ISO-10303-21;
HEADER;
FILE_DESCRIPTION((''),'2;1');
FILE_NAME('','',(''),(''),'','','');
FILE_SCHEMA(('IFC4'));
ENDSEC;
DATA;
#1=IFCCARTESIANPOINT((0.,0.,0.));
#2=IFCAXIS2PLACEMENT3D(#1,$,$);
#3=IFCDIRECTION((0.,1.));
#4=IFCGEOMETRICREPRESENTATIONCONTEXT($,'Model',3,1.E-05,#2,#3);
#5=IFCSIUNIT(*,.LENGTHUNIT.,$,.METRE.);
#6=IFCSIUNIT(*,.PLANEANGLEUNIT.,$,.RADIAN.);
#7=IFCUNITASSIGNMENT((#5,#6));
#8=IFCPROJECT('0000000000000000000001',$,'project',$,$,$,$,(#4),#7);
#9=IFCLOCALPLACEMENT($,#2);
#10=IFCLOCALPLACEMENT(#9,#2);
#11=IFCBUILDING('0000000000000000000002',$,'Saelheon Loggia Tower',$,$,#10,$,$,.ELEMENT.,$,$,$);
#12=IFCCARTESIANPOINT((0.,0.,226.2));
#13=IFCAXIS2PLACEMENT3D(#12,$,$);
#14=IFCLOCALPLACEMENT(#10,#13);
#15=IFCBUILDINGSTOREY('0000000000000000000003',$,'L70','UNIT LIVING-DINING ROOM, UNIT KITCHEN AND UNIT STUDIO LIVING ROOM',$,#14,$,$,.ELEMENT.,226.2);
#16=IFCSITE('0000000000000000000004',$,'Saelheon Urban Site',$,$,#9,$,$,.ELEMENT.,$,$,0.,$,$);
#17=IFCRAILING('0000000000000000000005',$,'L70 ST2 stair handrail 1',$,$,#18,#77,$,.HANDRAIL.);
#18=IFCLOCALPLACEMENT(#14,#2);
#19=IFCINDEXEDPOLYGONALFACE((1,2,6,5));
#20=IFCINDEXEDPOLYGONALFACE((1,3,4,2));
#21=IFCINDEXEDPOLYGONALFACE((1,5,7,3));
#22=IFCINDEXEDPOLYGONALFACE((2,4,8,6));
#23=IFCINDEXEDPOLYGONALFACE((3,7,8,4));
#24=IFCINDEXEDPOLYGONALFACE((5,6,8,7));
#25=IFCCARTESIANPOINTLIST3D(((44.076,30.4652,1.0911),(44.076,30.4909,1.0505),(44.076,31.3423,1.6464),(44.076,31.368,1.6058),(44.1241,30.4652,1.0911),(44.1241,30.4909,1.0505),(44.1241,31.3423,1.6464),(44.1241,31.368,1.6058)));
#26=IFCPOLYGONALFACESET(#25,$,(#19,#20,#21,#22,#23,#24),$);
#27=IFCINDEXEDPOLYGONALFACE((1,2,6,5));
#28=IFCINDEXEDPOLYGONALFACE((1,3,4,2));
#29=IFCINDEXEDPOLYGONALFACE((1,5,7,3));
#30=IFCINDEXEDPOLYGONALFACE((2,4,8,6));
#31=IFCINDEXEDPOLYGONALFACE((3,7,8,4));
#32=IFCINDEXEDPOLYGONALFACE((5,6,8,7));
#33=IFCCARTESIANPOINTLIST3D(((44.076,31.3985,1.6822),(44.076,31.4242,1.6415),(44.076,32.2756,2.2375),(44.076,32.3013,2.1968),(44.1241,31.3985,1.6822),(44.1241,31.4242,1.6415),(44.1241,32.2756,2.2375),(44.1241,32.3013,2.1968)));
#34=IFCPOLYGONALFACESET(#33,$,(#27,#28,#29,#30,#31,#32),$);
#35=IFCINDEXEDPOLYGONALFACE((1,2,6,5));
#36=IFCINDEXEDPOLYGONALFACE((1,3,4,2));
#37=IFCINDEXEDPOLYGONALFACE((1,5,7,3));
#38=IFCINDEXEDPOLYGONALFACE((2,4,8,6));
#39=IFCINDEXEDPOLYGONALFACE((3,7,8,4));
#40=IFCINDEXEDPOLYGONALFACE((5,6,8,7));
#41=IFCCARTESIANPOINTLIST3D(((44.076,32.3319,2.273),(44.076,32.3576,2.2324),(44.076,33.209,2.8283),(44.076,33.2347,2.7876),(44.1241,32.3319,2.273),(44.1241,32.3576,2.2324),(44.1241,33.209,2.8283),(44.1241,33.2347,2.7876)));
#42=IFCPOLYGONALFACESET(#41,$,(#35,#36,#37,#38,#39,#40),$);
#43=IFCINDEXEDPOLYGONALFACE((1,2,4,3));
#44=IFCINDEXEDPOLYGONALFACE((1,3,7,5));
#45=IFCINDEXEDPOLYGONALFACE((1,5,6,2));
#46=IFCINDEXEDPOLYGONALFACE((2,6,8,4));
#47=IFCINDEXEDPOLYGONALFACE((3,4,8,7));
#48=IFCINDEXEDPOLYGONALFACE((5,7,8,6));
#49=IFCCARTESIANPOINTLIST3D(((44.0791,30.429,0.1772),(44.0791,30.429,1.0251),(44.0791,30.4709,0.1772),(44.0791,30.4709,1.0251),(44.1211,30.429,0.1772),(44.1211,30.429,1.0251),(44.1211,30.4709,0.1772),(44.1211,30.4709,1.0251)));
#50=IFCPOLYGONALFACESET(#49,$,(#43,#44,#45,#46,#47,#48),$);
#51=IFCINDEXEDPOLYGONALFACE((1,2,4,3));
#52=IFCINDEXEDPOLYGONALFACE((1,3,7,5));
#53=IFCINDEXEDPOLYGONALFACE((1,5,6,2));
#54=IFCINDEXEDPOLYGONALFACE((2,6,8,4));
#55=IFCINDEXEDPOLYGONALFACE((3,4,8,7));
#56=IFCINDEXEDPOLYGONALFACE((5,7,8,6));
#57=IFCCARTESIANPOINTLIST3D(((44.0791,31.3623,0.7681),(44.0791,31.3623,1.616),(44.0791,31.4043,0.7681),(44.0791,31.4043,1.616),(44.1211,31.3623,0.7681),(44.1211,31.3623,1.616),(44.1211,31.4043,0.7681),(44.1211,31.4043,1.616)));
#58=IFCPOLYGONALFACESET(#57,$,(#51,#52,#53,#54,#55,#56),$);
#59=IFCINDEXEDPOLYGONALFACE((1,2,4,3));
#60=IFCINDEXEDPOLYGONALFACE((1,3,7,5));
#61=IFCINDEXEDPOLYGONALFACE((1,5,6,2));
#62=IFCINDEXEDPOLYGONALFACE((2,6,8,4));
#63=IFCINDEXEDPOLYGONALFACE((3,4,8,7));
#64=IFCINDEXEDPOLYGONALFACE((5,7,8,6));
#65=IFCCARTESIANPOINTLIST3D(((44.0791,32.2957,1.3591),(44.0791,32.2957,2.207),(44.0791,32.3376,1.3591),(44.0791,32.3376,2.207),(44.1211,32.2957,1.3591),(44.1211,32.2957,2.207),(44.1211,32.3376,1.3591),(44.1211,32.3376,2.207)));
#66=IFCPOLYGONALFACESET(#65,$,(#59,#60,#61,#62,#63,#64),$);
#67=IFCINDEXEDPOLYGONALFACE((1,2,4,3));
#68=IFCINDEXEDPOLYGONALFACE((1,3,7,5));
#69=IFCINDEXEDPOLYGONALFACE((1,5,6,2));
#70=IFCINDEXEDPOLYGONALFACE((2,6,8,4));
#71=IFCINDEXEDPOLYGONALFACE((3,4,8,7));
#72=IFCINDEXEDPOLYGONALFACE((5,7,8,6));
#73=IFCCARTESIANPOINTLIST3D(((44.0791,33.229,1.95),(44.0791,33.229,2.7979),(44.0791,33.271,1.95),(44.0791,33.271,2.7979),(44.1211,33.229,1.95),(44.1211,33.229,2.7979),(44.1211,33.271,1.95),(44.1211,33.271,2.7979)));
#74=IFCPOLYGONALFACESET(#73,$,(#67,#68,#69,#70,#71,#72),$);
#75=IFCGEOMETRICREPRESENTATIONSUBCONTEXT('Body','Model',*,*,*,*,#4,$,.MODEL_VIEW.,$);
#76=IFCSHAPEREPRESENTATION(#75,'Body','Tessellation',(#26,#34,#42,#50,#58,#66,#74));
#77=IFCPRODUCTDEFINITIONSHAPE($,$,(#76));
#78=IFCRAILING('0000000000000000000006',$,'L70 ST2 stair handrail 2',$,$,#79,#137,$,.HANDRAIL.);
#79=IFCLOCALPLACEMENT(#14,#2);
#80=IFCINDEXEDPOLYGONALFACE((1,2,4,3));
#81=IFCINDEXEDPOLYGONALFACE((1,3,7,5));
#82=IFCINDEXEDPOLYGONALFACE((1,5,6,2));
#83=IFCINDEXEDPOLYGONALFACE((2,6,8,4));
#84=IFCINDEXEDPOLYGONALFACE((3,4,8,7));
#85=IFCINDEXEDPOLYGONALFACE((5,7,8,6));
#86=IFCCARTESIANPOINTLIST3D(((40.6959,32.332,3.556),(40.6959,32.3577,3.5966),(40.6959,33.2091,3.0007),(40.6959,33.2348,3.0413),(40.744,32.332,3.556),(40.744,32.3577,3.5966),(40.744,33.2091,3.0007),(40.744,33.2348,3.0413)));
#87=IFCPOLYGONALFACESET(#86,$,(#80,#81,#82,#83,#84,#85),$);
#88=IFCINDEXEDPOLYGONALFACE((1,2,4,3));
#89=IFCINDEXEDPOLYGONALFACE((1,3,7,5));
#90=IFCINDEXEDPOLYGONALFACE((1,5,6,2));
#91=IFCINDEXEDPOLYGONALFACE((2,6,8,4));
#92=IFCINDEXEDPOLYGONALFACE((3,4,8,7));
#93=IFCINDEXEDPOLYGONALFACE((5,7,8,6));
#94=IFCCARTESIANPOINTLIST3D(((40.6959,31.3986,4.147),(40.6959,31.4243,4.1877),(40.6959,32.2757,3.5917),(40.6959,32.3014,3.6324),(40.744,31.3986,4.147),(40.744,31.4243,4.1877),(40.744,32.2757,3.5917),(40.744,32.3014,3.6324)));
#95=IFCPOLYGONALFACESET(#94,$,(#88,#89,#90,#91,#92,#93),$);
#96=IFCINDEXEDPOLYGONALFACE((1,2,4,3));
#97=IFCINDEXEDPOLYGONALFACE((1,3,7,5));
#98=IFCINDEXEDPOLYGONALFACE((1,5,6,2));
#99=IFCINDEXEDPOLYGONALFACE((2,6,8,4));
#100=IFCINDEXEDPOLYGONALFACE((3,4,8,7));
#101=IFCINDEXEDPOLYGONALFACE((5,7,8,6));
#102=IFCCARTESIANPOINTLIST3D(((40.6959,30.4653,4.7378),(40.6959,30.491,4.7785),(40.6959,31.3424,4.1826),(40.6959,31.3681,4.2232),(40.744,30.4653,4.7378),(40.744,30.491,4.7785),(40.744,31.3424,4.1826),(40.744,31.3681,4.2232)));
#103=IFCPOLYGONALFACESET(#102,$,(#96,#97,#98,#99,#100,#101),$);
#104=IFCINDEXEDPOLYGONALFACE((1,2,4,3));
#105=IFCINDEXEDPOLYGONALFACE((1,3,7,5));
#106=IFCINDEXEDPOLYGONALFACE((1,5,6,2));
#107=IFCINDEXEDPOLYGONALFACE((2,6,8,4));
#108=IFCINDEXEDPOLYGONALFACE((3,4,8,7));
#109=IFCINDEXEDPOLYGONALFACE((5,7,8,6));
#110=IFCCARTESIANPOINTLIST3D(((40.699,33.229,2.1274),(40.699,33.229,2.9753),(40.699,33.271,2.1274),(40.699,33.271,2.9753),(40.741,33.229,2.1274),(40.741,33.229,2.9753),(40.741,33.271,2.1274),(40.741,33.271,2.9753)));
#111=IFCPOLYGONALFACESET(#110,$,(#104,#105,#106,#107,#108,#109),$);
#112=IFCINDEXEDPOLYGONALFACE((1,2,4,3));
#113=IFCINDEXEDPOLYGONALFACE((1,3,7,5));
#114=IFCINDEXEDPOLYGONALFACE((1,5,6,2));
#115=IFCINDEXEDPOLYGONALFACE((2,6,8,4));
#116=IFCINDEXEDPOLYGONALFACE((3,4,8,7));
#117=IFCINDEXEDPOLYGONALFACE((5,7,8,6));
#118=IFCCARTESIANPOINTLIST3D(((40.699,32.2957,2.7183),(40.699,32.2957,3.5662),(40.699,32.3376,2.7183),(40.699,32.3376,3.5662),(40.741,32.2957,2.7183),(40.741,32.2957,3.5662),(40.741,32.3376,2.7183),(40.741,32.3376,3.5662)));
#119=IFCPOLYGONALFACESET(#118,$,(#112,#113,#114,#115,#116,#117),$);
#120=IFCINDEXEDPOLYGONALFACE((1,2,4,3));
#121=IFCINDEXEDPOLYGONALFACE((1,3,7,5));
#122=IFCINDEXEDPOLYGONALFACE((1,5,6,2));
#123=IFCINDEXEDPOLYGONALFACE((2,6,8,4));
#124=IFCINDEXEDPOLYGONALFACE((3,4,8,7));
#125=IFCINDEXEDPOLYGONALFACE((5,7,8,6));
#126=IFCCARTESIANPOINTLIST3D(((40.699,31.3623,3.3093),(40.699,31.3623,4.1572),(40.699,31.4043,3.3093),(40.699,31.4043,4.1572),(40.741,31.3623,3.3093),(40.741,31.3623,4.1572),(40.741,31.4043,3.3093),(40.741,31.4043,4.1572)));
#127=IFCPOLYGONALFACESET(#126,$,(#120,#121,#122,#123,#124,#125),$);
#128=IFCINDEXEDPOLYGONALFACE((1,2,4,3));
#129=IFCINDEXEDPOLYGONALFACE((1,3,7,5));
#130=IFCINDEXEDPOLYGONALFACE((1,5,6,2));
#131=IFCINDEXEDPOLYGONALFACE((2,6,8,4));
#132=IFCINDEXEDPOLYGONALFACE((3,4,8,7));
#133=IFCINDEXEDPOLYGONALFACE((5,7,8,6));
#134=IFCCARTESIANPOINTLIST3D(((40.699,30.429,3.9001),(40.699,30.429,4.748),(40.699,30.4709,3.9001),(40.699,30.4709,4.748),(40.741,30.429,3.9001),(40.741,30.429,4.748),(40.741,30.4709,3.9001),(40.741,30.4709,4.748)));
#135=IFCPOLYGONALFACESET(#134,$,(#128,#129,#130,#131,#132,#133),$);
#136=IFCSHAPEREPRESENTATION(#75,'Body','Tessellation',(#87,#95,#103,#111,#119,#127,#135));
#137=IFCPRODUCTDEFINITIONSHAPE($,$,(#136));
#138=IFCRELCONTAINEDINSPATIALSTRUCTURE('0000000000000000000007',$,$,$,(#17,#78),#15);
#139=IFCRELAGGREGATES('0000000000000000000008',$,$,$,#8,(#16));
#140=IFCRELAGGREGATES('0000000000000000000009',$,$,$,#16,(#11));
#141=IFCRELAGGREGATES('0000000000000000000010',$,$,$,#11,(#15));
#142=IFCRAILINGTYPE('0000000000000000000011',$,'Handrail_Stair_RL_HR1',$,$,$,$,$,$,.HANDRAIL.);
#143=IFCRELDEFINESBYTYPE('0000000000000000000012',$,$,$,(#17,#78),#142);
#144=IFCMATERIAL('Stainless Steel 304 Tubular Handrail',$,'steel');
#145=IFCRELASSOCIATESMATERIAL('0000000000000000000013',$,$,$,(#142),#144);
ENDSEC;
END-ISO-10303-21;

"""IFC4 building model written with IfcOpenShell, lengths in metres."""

from ifc_helpers import new_model, si_unit, direction, frame, origin, origin_2d, place, context, subcontext, project, spatial, rectangle, extrude, material, type_object, element, save


model = new_model("IFC4")

# Units and contexts
model_context = context("Model", 3, precision=1e-05, world=origin(), true_north=direction((0.0, 1.0)))
body_context = subcontext(model_context, "Body", "Model", "MODEL_VIEW")
ifc_project = project(units=[si_unit("LENGTHUNIT", "METRE"), si_unit("PLANEANGLEUNIT", "RADIAN")], contexts=[model_context])

# Site, building, storey
site_placement = place(None, origin())
site = spatial("IfcSite", under=ifc_project, at=site_placement, Name="Saelheon Urban Site", CompositionType="ELEMENT", RefElevation=0.0)
building_placement = place(site_placement, origin())
building = spatial("IfcBuilding", under=site, at=building_placement, Name="Saelheon Loggia Tower", CompositionType="ELEMENT")
storey_placement = place(building_placement, frame((0.0, 0.0, 226.2)))
storey = spatial("IfcBuildingStorey", under=building, at=storey_placement, Name="L70", Description="UNIT LIVING-DINING ROOM, UNIT KITCHEN AND UNIT STUDIO LIVING ROOM", CompositionType="ELEMENT", Elevation=226.2)

# Railings
ifc_material_1 = material(Name="Stainless Steel 304 Tubular Handrail", Category="steel")
railing_type_1 = type_object("IfcRailingType", Name="Handrail_Stair_RL_HR1", PredefinedType="HANDRAIL", material=ifc_material_1)
railing_1_placement = place(storey_placement, frame((44.1001, 30.45, 0.1772)))
element("IfcRailing", 1, at=railing_1_placement, inside=storey, type_object=railing_type_1, Name="L70 ST2 stair handrail 1", PredefinedType="HANDRAIL", context=body_context, shape_type="SweptSolid", body=[
    extrude(rectangle(XDim=0.0481, YDim=0.0481, at=origin_2d()), frame((0.0, 0.0281, 0.8936), z_axis=(0.0, 0.844909, 0.53491), x_axis=(-1.0, 0.0, 0.0)), (0.0, 0.0, 1.0), 1.0381),
    extrude(rectangle(XDim=0.0481, YDim=0.0481, at=origin_2d()), frame((0.0, 0.9614, 1.4846), z_axis=(0.0, 0.844909, 0.53491), x_axis=(-1.0, 0.0, 0.0)), (0.0, 0.0, 1.0), 1.0381),
    extrude(rectangle(XDim=0.0481, YDim=0.0481, at=origin_2d()), frame((0.0, 1.8948, 2.0754), z_axis=(0.0, 0.844909, 0.53491), x_axis=(-1.0, 0.0, 0.0)), (0.0, 0.0, 1.0), 1.0381),
    extrude(rectangle(XDim=0.042, YDim=0.042, at=origin_2d()), origin(), (0.0, 0.0, 1.0), 0.8479),
    extrude(rectangle(XDim=0.042, YDim=0.042, at=origin_2d()), frame((0.0, 0.9333, 0.5908)), (0.0, 0.0, 1.0), 0.8479),
    extrude(rectangle(XDim=0.042, YDim=0.042, at=origin_2d()), frame((0.0, 1.8667, 1.1819)), (0.0, 0.0, 1.0), 0.8479),
    extrude(rectangle(XDim=0.042, YDim=0.042, at=origin_2d()), frame((0.0, 2.8, 1.7727)), (0.0, 0.0, 1.0), 0.8479),
])
railing_2_placement = place(storey_placement, frame((40.72, 33.25, 2.1274)))
element("IfcRailing", 2, at=railing_2_placement, inside=storey, type_object=railing_type_1, Name="L70 ST2 stair handrail 2", PredefinedType="HANDRAIL", context=body_context, shape_type="SweptSolid", body=[
    extrude(rectangle(XDim=0.0481, YDim=0.0481, at=origin_2d()), frame((0.0, -0.0281, 0.8936), z_axis=(0.0, -0.844909, 0.53491), x_axis=(1.0, 0.0, 0.0)), (0.0, 0.0, 1.0), 1.0381),
    extrude(rectangle(XDim=0.0481, YDim=0.0481, at=origin_2d()), frame((0.0, -0.9614, 1.4846), z_axis=(0.0, -0.844909, 0.53491), x_axis=(1.0, 0.0, 0.0)), (0.0, 0.0, 1.0), 1.0381),
    extrude(rectangle(XDim=0.0481, YDim=0.0481, at=origin_2d()), frame((0.0, -1.8948, 2.0754), z_axis=(0.0, -0.844909, 0.53491), x_axis=(1.0, 0.0, 0.0)), (0.0, 0.0, 1.0), 1.0381),
    extrude(rectangle(XDim=0.042, YDim=0.042, at=origin_2d()), origin(), (0.0, 0.0, 1.0), 0.8479),
    extrude(rectangle(XDim=0.042, YDim=0.042, at=origin_2d()), frame((0.0, -0.9333, 0.5908)), (0.0, 0.0, 1.0), 0.8479),
    extrude(rectangle(XDim=0.042, YDim=0.042, at=origin_2d()), frame((0.0, -1.8667, 1.1819)), (0.0, 0.0, 1.0), 0.8479),
    extrude(rectangle(XDim=0.042, YDim=0.042, at=origin_2d()), frame((0.0, -2.8, 1.7727)), (0.0, 0.0, 1.0), 0.8479),
])

save(model, "model.ifc")
